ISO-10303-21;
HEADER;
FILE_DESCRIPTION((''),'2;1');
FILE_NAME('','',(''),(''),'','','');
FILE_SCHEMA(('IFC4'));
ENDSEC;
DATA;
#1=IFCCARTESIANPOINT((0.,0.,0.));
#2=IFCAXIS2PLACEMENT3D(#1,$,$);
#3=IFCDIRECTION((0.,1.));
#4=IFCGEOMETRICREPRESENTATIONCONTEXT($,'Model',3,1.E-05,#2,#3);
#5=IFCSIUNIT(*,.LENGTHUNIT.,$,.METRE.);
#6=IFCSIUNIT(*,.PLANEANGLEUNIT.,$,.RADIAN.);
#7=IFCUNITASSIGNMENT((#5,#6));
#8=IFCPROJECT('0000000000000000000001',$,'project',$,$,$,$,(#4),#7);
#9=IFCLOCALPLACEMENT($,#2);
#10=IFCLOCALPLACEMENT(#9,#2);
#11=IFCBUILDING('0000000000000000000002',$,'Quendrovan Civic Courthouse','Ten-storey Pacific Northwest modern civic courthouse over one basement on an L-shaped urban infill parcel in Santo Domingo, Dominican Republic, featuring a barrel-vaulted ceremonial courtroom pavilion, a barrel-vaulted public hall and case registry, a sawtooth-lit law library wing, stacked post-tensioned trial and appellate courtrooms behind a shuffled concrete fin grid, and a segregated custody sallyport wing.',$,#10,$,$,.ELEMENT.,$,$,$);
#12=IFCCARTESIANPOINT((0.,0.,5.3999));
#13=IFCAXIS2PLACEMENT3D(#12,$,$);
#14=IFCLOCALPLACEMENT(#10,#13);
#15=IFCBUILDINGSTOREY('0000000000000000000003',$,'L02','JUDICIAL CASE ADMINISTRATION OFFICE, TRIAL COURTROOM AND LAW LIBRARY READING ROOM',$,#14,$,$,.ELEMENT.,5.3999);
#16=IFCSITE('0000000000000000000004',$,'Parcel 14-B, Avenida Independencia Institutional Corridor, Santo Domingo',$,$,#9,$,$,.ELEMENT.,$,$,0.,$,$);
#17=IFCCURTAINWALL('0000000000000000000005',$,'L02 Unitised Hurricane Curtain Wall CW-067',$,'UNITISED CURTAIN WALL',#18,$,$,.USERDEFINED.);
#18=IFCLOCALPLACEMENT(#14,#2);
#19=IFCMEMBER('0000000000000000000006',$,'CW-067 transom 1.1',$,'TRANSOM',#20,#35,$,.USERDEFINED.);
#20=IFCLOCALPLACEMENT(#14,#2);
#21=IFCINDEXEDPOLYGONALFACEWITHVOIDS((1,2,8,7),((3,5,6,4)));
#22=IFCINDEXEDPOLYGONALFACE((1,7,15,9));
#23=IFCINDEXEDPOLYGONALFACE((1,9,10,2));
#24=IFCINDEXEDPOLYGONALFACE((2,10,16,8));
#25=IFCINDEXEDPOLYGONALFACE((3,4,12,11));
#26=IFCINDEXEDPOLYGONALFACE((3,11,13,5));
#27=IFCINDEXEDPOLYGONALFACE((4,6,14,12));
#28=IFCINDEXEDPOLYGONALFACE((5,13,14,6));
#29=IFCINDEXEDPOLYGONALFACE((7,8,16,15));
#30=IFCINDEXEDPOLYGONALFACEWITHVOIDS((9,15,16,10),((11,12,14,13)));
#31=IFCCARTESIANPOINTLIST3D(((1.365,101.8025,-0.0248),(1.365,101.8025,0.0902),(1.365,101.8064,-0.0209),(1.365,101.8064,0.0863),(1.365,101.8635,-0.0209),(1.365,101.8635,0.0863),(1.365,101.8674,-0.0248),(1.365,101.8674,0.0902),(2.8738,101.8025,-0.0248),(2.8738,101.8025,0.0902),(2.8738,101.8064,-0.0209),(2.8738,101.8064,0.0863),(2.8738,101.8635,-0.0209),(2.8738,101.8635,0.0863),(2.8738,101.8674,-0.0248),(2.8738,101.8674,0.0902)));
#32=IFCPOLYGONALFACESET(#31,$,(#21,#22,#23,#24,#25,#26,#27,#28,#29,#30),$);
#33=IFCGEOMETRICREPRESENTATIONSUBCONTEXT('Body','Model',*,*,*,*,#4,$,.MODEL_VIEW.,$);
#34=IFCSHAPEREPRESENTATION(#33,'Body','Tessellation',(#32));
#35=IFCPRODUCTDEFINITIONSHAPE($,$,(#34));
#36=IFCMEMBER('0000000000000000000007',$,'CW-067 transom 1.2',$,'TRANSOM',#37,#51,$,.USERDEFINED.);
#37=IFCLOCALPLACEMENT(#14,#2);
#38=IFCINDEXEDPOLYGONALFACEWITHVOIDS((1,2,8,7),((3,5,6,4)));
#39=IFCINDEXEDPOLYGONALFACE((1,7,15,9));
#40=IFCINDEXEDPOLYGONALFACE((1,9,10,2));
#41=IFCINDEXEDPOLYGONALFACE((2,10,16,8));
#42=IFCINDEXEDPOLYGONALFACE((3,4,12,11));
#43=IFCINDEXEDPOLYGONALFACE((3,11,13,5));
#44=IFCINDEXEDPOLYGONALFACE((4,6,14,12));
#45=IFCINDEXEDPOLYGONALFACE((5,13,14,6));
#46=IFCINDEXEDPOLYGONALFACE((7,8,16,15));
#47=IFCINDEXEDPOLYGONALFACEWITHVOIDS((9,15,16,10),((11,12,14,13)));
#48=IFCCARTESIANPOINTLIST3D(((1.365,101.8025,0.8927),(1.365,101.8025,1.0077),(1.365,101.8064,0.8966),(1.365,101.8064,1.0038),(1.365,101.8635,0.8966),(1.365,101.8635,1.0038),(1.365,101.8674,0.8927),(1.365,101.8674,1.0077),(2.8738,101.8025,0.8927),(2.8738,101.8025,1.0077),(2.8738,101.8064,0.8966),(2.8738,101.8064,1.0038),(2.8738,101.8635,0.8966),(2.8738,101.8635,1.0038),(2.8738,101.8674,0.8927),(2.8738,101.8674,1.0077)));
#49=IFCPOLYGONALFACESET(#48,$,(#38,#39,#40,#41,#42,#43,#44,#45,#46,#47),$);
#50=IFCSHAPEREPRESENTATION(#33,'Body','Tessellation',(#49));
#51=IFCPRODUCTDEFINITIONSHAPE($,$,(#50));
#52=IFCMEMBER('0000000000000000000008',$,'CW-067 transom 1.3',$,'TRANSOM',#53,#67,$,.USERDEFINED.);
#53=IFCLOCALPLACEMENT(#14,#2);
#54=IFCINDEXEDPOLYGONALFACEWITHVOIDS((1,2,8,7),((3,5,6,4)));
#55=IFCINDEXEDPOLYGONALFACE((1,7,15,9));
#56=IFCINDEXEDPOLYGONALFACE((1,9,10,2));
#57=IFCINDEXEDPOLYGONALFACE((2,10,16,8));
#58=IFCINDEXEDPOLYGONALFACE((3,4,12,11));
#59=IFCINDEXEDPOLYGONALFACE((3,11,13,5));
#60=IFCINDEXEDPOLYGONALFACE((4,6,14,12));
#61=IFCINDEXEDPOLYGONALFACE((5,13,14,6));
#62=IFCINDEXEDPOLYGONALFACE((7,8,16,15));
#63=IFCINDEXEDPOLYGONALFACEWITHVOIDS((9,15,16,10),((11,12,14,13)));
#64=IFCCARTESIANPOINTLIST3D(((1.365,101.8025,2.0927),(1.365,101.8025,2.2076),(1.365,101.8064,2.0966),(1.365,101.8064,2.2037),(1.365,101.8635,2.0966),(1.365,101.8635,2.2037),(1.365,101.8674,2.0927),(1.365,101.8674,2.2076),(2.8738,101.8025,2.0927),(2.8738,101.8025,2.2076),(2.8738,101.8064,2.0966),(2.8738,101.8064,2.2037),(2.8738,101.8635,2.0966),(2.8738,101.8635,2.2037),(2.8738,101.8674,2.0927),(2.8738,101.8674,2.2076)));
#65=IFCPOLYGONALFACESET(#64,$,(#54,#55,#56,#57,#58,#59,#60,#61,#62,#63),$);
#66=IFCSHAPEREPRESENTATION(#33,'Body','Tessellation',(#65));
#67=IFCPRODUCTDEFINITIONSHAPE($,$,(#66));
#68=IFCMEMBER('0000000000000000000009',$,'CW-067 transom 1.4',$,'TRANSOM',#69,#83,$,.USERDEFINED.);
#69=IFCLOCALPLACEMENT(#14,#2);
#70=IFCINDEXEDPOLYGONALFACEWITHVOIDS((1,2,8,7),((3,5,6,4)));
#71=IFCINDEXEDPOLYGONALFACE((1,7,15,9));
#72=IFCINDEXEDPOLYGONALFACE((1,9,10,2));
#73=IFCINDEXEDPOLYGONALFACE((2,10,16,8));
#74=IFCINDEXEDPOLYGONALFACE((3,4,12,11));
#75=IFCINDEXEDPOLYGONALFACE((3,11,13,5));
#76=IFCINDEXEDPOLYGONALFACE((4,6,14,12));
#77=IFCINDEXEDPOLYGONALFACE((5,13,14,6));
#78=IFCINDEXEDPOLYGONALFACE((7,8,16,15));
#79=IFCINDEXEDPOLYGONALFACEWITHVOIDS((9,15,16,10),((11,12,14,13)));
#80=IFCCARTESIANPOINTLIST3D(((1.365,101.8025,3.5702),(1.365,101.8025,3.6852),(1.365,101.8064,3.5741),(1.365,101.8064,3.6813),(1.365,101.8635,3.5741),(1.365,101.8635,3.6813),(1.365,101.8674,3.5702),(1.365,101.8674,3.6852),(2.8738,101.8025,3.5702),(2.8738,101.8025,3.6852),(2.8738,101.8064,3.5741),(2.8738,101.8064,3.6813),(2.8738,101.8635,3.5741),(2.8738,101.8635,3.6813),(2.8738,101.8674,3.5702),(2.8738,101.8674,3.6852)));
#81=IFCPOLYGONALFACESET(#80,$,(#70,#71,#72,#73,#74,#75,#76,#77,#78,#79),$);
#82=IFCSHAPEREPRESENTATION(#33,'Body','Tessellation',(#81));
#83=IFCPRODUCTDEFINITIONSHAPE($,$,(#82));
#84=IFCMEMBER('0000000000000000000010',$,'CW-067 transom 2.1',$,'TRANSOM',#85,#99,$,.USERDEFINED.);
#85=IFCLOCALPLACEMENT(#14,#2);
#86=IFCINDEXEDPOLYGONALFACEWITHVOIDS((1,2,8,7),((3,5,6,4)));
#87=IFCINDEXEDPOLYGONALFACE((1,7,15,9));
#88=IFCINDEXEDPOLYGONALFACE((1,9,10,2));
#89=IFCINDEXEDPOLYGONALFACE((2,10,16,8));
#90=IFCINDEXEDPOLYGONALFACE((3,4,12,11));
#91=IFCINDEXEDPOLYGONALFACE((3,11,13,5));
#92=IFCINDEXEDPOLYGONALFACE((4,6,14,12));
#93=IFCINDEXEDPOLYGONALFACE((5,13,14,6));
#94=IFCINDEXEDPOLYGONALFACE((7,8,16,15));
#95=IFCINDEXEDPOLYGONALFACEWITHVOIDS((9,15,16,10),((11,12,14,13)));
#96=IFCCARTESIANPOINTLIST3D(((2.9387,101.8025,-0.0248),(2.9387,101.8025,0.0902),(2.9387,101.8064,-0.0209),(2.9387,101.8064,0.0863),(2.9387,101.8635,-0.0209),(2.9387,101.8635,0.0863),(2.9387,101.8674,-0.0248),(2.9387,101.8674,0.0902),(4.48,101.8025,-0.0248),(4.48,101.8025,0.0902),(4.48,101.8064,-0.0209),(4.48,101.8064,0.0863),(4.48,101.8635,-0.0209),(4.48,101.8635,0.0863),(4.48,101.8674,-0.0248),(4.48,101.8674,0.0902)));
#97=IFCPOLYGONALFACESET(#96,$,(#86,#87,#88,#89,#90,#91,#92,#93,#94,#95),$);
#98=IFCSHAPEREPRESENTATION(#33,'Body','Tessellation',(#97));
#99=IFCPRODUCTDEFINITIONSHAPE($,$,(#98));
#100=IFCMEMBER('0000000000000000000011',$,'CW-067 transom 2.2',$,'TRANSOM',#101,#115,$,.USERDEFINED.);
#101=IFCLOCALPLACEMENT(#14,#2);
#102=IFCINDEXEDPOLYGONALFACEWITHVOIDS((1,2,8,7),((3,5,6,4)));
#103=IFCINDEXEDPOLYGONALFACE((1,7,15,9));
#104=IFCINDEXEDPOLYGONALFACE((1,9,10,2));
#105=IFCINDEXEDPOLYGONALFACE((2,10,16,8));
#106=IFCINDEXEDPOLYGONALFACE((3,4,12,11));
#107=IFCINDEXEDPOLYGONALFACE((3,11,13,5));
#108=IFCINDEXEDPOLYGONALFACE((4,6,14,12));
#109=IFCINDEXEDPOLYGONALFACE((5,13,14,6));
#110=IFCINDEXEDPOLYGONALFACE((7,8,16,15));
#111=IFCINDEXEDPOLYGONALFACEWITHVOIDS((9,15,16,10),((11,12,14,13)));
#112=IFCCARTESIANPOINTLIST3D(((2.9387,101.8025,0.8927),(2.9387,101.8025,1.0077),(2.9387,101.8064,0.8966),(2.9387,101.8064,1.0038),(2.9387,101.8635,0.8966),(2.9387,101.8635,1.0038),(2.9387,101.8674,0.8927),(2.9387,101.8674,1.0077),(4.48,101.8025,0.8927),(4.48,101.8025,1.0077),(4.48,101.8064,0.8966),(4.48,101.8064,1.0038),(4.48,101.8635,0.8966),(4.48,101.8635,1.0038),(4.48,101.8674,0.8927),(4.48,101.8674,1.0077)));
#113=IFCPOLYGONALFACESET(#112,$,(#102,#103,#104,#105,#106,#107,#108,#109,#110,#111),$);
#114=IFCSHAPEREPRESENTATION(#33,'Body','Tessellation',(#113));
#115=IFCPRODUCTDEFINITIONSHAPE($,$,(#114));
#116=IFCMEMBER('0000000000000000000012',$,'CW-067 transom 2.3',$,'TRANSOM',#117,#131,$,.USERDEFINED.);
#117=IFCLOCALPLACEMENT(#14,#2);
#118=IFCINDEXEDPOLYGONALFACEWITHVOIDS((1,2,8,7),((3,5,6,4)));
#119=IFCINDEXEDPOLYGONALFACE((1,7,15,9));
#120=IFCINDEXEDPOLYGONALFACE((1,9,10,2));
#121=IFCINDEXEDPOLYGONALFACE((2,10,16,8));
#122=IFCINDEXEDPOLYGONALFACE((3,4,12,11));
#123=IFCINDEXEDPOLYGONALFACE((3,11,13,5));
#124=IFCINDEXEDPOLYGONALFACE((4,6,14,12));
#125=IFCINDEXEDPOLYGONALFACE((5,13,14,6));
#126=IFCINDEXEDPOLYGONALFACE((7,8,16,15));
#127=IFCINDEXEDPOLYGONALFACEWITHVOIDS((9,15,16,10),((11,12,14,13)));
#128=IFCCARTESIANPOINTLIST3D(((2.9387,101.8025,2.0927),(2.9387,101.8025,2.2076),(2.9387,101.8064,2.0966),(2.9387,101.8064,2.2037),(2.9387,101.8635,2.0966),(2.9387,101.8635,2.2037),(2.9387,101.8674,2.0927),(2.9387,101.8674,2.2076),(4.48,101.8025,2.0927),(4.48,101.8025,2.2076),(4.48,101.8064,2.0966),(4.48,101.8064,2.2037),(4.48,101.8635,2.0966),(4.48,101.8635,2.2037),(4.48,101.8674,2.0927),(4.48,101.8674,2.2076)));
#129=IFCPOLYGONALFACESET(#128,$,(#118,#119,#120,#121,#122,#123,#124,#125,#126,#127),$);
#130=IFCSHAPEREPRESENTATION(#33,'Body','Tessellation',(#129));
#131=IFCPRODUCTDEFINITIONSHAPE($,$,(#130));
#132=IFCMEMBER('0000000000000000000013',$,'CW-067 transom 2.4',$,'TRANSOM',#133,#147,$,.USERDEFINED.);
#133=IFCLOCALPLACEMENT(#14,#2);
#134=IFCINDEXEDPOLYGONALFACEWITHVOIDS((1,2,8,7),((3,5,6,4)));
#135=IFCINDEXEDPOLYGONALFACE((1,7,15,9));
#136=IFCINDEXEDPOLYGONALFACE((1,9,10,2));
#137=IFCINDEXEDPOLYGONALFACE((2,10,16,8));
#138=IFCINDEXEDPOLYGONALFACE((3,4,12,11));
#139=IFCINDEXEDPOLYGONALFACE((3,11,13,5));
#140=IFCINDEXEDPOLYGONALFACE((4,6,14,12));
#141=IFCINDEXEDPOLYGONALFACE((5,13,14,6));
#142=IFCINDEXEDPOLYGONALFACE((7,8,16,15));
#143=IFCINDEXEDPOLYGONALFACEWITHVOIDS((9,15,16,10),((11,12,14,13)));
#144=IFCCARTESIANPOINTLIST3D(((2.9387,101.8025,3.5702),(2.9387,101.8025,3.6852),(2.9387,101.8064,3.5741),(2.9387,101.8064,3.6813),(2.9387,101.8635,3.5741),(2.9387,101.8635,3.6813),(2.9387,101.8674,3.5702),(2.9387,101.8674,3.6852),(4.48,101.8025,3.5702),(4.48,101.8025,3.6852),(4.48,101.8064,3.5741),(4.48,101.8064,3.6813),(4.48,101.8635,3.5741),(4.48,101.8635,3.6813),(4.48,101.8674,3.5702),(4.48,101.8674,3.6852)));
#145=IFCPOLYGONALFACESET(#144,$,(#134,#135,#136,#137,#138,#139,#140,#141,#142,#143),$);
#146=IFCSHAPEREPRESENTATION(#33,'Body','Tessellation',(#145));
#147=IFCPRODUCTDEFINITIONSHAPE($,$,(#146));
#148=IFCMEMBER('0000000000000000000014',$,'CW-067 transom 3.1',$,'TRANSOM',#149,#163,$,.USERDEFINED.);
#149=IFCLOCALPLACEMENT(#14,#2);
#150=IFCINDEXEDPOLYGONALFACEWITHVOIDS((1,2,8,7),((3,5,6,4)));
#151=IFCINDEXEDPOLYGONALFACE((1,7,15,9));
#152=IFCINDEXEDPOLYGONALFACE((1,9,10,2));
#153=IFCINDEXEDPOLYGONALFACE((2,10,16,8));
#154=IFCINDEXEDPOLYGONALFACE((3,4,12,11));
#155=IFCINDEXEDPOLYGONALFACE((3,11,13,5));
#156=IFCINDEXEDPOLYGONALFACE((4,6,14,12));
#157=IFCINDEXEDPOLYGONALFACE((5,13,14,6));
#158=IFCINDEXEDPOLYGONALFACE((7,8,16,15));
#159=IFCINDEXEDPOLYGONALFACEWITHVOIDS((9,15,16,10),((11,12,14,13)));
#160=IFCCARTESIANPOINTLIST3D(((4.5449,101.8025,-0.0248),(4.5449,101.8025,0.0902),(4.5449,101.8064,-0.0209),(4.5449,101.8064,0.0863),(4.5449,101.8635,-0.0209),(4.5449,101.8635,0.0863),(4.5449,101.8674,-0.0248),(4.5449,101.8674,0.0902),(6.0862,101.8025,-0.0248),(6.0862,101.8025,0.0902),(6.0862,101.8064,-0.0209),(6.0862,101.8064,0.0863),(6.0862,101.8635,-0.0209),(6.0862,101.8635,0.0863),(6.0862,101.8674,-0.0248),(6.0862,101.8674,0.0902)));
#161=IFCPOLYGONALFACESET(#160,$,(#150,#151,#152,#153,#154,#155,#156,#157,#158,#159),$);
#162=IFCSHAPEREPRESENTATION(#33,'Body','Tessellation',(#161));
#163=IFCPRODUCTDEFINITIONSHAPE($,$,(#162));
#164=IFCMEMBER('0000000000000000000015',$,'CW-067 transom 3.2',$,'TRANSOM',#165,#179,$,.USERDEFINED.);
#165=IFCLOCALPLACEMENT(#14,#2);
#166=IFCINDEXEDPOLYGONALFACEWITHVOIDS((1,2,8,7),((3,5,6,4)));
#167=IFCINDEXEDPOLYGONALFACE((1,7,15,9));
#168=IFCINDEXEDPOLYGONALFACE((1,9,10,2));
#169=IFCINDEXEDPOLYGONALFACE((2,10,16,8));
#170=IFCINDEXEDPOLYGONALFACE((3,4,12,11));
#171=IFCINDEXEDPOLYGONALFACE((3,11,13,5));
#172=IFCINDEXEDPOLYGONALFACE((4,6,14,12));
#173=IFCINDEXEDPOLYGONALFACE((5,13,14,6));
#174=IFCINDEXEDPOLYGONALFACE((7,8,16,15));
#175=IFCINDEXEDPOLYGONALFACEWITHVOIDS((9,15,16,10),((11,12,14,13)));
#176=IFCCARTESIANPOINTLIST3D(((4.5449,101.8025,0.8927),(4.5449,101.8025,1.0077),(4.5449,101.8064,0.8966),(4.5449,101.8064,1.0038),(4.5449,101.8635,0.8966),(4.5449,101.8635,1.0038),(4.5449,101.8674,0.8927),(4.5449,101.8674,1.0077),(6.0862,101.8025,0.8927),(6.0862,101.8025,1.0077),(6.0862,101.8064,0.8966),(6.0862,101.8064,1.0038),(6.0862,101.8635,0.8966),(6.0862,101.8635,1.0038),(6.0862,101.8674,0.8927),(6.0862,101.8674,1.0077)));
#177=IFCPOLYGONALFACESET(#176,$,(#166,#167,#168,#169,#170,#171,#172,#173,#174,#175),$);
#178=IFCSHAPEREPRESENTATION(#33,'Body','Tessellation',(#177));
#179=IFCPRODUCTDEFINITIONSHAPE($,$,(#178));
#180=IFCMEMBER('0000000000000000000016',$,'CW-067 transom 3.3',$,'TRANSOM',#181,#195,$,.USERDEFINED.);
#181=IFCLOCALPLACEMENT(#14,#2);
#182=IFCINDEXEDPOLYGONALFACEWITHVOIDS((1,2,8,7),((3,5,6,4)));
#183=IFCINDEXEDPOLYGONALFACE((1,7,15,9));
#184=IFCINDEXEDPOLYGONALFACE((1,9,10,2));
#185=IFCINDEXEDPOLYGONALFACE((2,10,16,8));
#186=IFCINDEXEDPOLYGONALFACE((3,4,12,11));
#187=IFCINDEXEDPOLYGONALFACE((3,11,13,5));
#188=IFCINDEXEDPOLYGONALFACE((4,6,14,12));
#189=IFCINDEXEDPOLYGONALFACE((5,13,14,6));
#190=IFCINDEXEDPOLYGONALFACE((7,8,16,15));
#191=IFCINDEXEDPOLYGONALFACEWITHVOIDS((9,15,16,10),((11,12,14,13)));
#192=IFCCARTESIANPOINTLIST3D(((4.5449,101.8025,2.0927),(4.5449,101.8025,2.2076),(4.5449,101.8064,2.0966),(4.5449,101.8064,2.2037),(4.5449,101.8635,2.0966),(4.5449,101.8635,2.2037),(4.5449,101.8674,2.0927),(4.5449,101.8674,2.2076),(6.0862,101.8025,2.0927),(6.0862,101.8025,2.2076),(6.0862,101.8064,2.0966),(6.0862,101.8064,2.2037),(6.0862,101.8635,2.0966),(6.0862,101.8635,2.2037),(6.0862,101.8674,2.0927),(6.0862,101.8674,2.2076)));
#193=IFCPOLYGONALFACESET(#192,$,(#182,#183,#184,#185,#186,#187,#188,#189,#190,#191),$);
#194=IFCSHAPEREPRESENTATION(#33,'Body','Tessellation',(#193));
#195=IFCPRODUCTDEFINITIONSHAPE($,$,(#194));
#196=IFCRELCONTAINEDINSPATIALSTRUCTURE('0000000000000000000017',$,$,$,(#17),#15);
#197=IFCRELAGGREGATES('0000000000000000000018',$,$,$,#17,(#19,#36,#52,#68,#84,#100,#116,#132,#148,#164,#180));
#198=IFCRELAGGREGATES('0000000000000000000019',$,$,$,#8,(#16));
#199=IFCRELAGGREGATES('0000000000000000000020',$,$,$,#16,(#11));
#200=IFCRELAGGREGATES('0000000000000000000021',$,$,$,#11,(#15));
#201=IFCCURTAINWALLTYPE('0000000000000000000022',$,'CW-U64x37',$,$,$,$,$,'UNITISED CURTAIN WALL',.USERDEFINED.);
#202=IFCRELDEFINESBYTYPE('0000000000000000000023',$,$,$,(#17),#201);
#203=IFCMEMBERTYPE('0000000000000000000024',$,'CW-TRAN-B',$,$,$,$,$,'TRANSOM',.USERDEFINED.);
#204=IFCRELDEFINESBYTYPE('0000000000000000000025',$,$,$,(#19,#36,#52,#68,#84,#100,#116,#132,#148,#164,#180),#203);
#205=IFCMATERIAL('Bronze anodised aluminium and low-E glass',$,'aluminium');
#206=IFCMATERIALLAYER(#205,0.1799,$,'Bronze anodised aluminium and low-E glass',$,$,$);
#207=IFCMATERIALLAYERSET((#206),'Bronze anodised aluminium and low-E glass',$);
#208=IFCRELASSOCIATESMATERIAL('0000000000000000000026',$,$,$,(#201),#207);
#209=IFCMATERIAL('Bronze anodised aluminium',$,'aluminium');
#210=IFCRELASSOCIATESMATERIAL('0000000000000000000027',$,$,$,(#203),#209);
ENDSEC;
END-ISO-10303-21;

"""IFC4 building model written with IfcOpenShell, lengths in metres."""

from ifc_helpers import new_model, si_unit, direction, frame, origin, origin_2d, place, context, subcontext, project, spatial, hollow_rectangle, extrude, material, layer, layer_set, material_profile, profile_set, type_object, element, aggregate, save


model = new_model("IFC4")

# Units and contexts
model_context = context("Model", 3, precision=1e-05, world=origin(), true_north=direction((0.0, 1.0)))
body_context = subcontext(model_context, "Body", "Model", "MODEL_VIEW")
ifc_project = project(units=[si_unit("LENGTHUNIT", "METRE"), si_unit("PLANEANGLEUNIT", "RADIAN")], contexts=[model_context])

# Site, building, storey
site_placement = place(None, origin())
site = spatial("IfcSite", under=ifc_project, at=site_placement, Name="Parcel 14-B, Avenida Independencia Institutional Corridor, Santo Domingo", CompositionType="ELEMENT", RefElevation=0.0)
building_placement = place(site_placement, origin())
building = spatial("IfcBuilding", under=site, at=building_placement, Name="Quendrovan Civic Courthouse", Description="Ten-storey Pacific Northwest modern civic courthouse over one basement on an L-shaped urban infill parcel in Santo Domingo, Dominican Republic, featuring a barrel-vaulted ceremonial courtroom pavilion, a barrel-vaulted public hall and case registry, a sawtooth-lit law library wing, stacked post-tensioned trial and appellate courtrooms behind a shuffled concrete fin grid, and a segregated custody sallyport wing.", CompositionType="ELEMENT")
storey_placement = place(building_placement, frame((0.0, 0.0, 5.3999)))
storey = spatial("IfcBuildingStorey", under=building, at=storey_placement, Name="L02", Description="JUDICIAL CASE ADMINISTRATION OFFICE, TRIAL COURTROOM AND LAW LIBRARY READING ROOM", CompositionType="ELEMENT", Elevation=5.3999)

# Curtain wall, members
ifc_material_1 = material(Name="Bronze anodised aluminium and low-E glass", Category="aluminium")
ifc_layer_1 = layer(ifc_material_1, 0.1799, Name="Bronze anodised aluminium and low-E glass")
ifc_layer_set_1 = layer_set([ifc_layer_1], Name="Bronze anodised aluminium and low-E glass")
curtain_wall_type = type_object("IfcCurtainWallType", Name="CW-U64x37", ElementType="UNITISED CURTAIN WALL", PredefinedType="USERDEFINED", material=ifc_layer_set_1)
curtain_wall_placement = place(storey_placement, origin())
curtain_wall = element("IfcCurtainWall", 1, at=curtain_wall_placement, inside=storey, type_object=curtain_wall_type, Name="L02 Unitised Hurricane Curtain Wall CW-067", ObjectType="UNITISED CURTAIN WALL", PredefinedType="USERDEFINED")
ifc_material_2 = material(Name="Bronze anodised aluminium", Category="aluminium")
ifc_material_profile_1 = material_profile(ifc_material_2, hollow_rectangle(XDim=0.0649, YDim=0.115, WallThickness=0.0039, at=origin_2d()), Name="CW-TRAN-65x115")
ifc_profile_set_1 = profile_set([ifc_material_profile_1], Name="Bronze anodised aluminium")
member_type_1 = type_object("IfcMemberType", Name="CW-TRAN-B", ElementType="TRANSOM", PredefinedType="USERDEFINED", material=ifc_profile_set_1)
member_1_placement = place(storey_placement, frame((1.365, 101.835, 0.0327), z_axis=(1.0, 0.0, 0.0), x_axis=(0.0, 1.0, 0.0)))
member_1 = element("IfcMember", 2, at=member_1_placement, type_object=member_type_1, Name="CW-067 transom 1.1", ObjectType="TRANSOM", PredefinedType="USERDEFINED", context=body_context, shape_type="SweptSolid", body=[
    extrude(hollow_rectangle(XDim=0.0649, YDim=0.115, WallThickness=0.0039, at=origin_2d()), origin(), (0.0, 0.0, 1.0), 1.5088),
])
member_2_placement = place(storey_placement, frame((1.365, 101.835, 0.9502), z_axis=(1.0, 0.0, 0.0), x_axis=(0.0, 1.0, 0.0)))
member_2 = element("IfcMember", 3, at=member_2_placement, type_object=member_type_1, Name="CW-067 transom 1.2", ObjectType="TRANSOM", PredefinedType="USERDEFINED", context=body_context, shape_type="SweptSolid", body=[
    extrude(hollow_rectangle(XDim=0.0649, YDim=0.115, WallThickness=0.0039, at=origin_2d()), origin(), (0.0, 0.0, 1.0), 1.5088),
])
member_3_placement = place(storey_placement, frame((1.365, 101.835, 2.1501), z_axis=(1.0, 0.0, 0.0), x_axis=(0.0, 1.0, 0.0)))
member_3 = element("IfcMember", 4, at=member_3_placement, type_object=member_type_1, Name="CW-067 transom 1.3", ObjectType="TRANSOM", PredefinedType="USERDEFINED", context=body_context, shape_type="SweptSolid", body=[
    extrude(hollow_rectangle(XDim=0.0649, YDim=0.115, WallThickness=0.0039, at=origin_2d()), origin(), (0.0, 0.0, 1.0), 1.5088),
])
member_4_placement = place(storey_placement, frame((1.365, 101.835, 3.6277), z_axis=(1.0, 0.0, 0.0), x_axis=(0.0, 1.0, 0.0)))
member_4 = element("IfcMember", 5, at=member_4_placement, type_object=member_type_1, Name="CW-067 transom 1.4", ObjectType="TRANSOM", PredefinedType="USERDEFINED", context=body_context, shape_type="SweptSolid", body=[
    extrude(hollow_rectangle(XDim=0.0649, YDim=0.115, WallThickness=0.0039, at=origin_2d()), origin(), (0.0, 0.0, 1.0), 1.5088),
])
member_5_placement = place(storey_placement, frame((2.9387, 101.835, 0.0327), z_axis=(1.0, 0.0, 0.0), x_axis=(0.0, 1.0, 0.0)))
member_5 = element("IfcMember", 6, at=member_5_placement, type_object=member_type_1, Name="CW-067 transom 2.1", ObjectType="TRANSOM", PredefinedType="USERDEFINED", context=body_context, shape_type="SweptSolid", body=[
    extrude(hollow_rectangle(XDim=0.0649, YDim=0.115, WallThickness=0.0039, at=origin_2d()), origin(), (0.0, 0.0, 1.0), 1.5413),
])
member_6_placement = place(storey_placement, frame((2.9387, 101.835, 0.9502), z_axis=(1.0, 0.0, 0.0), x_axis=(0.0, 1.0, 0.0)))
member_6 = element("IfcMember", 7, at=member_6_placement, type_object=member_type_1, Name="CW-067 transom 2.2", ObjectType="TRANSOM", PredefinedType="USERDEFINED", context=body_context, shape_type="SweptSolid", body=[
    extrude(hollow_rectangle(XDim=0.0649, YDim=0.115, WallThickness=0.0039, at=origin_2d()), origin(), (0.0, 0.0, 1.0), 1.5413),
])
member_7_placement = place(storey_placement, frame((2.9387, 101.835, 2.1501), z_axis=(1.0, 0.0, 0.0), x_axis=(0.0, 1.0, 0.0)))
member_7 = element("IfcMember", 8, at=member_7_placement, type_object=member_type_1, Name="CW-067 transom 2.3", ObjectType="TRANSOM", PredefinedType="USERDEFINED", context=body_context, shape_type="SweptSolid", body=[
    extrude(hollow_rectangle(XDim=0.0649, YDim=0.115, WallThickness=0.0039, at=origin_2d()), origin(), (0.0, 0.0, 1.0), 1.5413),
])
member_8_placement = place(storey_placement, frame((2.9387, 101.835, 3.6277), z_axis=(1.0, 0.0, 0.0), x_axis=(0.0, 1.0, 0.0)))
member_8 = element("IfcMember", 9, at=member_8_placement, type_object=member_type_1, Name="CW-067 transom 2.4", ObjectType="TRANSOM", PredefinedType="USERDEFINED", context=body_context, shape_type="SweptSolid", body=[
    extrude(hollow_rectangle(XDim=0.0649, YDim=0.115, WallThickness=0.0039, at=origin_2d()), origin(), (0.0, 0.0, 1.0), 1.5413),
])
member_9_placement = place(storey_placement, frame((4.5449, 101.835, 0.0327), z_axis=(1.0, 0.0, 0.0), x_axis=(0.0, 1.0, 0.0)))
member_9 = element("IfcMember", 10, at=member_9_placement, type_object=member_type_1, Name="CW-067 transom 3.1", ObjectType="TRANSOM", PredefinedType="USERDEFINED", context=body_context, shape_type="SweptSolid", body=[
    extrude(hollow_rectangle(XDim=0.0649, YDim=0.115, WallThickness=0.0039, at=origin_2d()), origin(), (0.0, 0.0, 1.0), 1.5413),
])
member_10_placement = place(storey_placement, frame((4.5449, 101.835, 0.9502), z_axis=(1.0, 0.0, 0.0), x_axis=(0.0, 1.0, 0.0)))
member_10 = element("IfcMember", 11, at=member_10_placement, type_object=member_type_1, Name="CW-067 transom 3.2", ObjectType="TRANSOM", PredefinedType="USERDEFINED", context=body_context, shape_type="SweptSolid", body=[
    extrude(hollow_rectangle(XDim=0.0649, YDim=0.115, WallThickness=0.0039, at=origin_2d()), origin(), (0.0, 0.0, 1.0), 1.5413),
])
member_11_placement = place(storey_placement, frame((4.5449, 101.835, 2.1501), z_axis=(1.0, 0.0, 0.0), x_axis=(0.0, 1.0, 0.0)))
member_11 = element("IfcMember", 12, at=member_11_placement, type_object=member_type_1, Name="CW-067 transom 3.3", ObjectType="TRANSOM", PredefinedType="USERDEFINED", context=body_context, shape_type="SweptSolid", body=[
    extrude(hollow_rectangle(XDim=0.0649, YDim=0.115, WallThickness=0.0039, at=origin_2d()), origin(), (0.0, 0.0, 1.0), 1.5413),
])
aggregate(curtain_wall, [member_1, member_2, member_3, member_4, member_5, member_6, member_7, member_8, member_9, member_10, member_11])

save(model, "model.ifc")
